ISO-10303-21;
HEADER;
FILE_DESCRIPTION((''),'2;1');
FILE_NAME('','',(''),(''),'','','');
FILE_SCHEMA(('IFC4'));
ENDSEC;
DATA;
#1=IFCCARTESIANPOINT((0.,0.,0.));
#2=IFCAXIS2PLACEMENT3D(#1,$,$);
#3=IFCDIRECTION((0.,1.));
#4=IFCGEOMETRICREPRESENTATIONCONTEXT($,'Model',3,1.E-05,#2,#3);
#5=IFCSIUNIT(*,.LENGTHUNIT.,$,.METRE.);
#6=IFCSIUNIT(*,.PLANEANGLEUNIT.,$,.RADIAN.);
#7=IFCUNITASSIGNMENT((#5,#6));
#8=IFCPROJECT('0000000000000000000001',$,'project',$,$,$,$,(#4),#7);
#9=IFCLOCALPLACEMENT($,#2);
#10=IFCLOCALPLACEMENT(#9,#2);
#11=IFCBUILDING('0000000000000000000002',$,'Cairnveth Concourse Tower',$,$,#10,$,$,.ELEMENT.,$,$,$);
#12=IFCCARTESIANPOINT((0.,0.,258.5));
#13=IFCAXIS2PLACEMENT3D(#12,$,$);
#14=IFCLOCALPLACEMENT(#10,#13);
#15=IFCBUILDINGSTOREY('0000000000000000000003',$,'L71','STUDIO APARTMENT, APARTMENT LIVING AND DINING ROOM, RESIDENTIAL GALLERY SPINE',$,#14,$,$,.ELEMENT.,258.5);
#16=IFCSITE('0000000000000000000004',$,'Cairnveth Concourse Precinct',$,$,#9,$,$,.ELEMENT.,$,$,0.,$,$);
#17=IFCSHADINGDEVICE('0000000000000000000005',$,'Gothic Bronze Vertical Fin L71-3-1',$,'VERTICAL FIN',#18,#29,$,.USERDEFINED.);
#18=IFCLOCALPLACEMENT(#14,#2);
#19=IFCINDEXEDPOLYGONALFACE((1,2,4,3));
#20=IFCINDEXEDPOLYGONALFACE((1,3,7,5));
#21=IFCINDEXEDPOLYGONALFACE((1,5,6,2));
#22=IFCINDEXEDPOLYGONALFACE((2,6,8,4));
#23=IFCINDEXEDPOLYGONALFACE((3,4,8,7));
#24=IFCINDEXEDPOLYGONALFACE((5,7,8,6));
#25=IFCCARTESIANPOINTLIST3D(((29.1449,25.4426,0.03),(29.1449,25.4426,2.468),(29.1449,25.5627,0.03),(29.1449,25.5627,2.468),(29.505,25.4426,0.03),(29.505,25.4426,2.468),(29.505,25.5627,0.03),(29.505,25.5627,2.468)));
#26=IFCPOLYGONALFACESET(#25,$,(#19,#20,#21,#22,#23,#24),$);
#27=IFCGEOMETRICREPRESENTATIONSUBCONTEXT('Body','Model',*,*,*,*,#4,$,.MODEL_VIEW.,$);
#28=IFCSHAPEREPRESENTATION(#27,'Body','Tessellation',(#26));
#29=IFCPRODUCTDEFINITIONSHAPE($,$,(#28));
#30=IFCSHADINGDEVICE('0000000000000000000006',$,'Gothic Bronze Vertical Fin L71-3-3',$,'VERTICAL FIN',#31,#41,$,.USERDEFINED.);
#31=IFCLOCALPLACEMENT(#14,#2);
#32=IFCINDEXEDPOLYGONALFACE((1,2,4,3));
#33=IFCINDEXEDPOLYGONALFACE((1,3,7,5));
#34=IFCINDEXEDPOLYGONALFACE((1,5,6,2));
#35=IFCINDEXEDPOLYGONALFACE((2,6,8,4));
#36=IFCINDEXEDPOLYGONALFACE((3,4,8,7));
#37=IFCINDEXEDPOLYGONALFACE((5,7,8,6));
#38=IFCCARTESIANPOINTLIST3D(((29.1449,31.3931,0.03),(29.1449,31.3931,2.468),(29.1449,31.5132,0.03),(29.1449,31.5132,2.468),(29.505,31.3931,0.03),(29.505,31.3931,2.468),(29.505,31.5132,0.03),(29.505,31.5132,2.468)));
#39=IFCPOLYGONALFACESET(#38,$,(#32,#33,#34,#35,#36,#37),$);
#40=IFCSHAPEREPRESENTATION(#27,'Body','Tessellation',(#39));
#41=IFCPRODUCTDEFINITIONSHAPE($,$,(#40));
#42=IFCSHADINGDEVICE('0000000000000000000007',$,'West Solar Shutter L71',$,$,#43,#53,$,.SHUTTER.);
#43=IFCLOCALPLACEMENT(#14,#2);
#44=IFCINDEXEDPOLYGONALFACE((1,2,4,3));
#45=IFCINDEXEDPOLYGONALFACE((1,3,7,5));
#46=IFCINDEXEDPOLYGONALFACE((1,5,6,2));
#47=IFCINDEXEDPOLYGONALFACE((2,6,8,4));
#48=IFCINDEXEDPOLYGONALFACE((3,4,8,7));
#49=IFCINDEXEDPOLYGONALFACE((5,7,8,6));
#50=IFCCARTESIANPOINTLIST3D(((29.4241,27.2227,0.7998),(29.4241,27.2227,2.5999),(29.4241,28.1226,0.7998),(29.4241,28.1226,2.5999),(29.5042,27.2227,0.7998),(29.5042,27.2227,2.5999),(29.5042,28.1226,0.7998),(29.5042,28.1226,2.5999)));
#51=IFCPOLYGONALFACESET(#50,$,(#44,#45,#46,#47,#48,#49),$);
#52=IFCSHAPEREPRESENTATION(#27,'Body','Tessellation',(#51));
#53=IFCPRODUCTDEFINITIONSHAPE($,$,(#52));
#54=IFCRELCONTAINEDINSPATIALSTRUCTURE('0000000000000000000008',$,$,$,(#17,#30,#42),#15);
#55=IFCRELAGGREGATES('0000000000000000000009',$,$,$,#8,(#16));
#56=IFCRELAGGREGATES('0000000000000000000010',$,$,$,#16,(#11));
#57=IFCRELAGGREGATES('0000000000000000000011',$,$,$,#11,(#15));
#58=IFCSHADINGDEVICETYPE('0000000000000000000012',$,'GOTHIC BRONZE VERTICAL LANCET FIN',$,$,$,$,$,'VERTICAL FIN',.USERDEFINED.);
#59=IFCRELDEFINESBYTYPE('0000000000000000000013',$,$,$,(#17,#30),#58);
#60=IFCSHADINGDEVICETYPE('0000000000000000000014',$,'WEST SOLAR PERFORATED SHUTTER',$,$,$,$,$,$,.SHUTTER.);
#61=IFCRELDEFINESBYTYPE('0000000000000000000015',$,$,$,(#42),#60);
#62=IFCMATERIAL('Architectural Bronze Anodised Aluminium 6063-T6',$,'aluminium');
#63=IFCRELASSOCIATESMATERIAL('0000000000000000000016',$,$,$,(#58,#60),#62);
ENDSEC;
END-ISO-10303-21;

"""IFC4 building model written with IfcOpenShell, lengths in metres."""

from ifc_helpers import new_model, si_unit, direction, frame, origin, origin_2d, place, context, subcontext, project, spatial, rectangle, extrude, material, type_object, element, save


model = new_model("IFC4")

# Units and contexts
model_context = context("Model", 3, precision=1e-05, world=origin(), true_north=direction((0.0, 1.0)))
body_context = subcontext(model_context, "Body", "Model", "MODEL_VIEW")
ifc_project = project(units=[si_unit("LENGTHUNIT", "METRE"), si_unit("PLANEANGLEUNIT", "RADIAN")], contexts=[model_context])

# Site, building, storey
site_placement = place(None, origin())
site = spatial("IfcSite", under=ifc_project, at=site_placement, Name="Cairnveth Concourse Precinct", CompositionType="ELEMENT", RefElevation=0.0)
building_placement = place(site_placement, origin())
building = spatial("IfcBuilding", under=site, at=building_placement, Name="Cairnveth Concourse Tower", CompositionType="ELEMENT")
storey_placement = place(building_placement, frame((0.0, 0.0, 258.5)))
storey = spatial("IfcBuildingStorey", under=building, at=storey_placement, Name="L71", Description="STUDIO APARTMENT, APARTMENT LIVING AND DINING ROOM, RESIDENTIAL GALLERY SPINE", CompositionType="ELEMENT", Elevation=258.5)

# Shading devices
ifc_material_1 = material(Name="Architectural Bronze Anodised Aluminium 6063-T6", Category="aluminium")
shading_device_type_1 = type_object("IfcShadingDeviceType", Name="GOTHIC BRONZE VERTICAL LANCET FIN", ElementType="VERTICAL FIN", PredefinedType="USERDEFINED", material=ifc_material_1)
for number, where, z_axis, x_axis, name in (
    (1, (29.325, 25.5027, 0.03), (0.0, 0.0, 1.0), (0.0, 1.0, 0.0), "Gothic Bronze Vertical Fin L71-3-1"),
    (2, (29.325, 31.4531, 0.03), (0.0, 0.0, 1.0), (0.0, 1.0, 0.0), "Gothic Bronze Vertical Fin L71-3-3"),
):
    element("IfcShadingDevice", number, at=place(storey_placement, frame(where, z_axis=z_axis, x_axis=x_axis)), inside=storey, type_object=shading_device_type_1, Name=name, ObjectType="VERTICAL FIN", PredefinedType="USERDEFINED", context=body_context, shape_type="SweptSolid", body=[
        extrude(rectangle(XDim=0.1201, YDim=0.3601, at=origin_2d()), origin(), (0.0, 0.0, 1.0), 2.438),
    ])
shading_device_type_2 = type_object("IfcShadingDeviceType", Name="WEST SOLAR PERFORATED SHUTTER", PredefinedType="SHUTTER", material=ifc_material_1)
shading_device_placement = place(storey_placement, frame((29.4641, 27.6726, 0.7998), z_axis=(0.0, 0.0, 1.0), x_axis=(1.0, 0.0, 0.0)))
element("IfcShadingDevice", 3, at=shading_device_placement, inside=storey, type_object=shading_device_type_2, Name="West Solar Shutter L71", PredefinedType="SHUTTER", context=body_context, shape_type="SweptSolid", body=[
    extrude(rectangle(XDim=0.0801, YDim=0.8999, at=origin_2d()), origin(), (0.0, 0.0, 1.0), 1.8),
])

save(model, "model.ifc")
